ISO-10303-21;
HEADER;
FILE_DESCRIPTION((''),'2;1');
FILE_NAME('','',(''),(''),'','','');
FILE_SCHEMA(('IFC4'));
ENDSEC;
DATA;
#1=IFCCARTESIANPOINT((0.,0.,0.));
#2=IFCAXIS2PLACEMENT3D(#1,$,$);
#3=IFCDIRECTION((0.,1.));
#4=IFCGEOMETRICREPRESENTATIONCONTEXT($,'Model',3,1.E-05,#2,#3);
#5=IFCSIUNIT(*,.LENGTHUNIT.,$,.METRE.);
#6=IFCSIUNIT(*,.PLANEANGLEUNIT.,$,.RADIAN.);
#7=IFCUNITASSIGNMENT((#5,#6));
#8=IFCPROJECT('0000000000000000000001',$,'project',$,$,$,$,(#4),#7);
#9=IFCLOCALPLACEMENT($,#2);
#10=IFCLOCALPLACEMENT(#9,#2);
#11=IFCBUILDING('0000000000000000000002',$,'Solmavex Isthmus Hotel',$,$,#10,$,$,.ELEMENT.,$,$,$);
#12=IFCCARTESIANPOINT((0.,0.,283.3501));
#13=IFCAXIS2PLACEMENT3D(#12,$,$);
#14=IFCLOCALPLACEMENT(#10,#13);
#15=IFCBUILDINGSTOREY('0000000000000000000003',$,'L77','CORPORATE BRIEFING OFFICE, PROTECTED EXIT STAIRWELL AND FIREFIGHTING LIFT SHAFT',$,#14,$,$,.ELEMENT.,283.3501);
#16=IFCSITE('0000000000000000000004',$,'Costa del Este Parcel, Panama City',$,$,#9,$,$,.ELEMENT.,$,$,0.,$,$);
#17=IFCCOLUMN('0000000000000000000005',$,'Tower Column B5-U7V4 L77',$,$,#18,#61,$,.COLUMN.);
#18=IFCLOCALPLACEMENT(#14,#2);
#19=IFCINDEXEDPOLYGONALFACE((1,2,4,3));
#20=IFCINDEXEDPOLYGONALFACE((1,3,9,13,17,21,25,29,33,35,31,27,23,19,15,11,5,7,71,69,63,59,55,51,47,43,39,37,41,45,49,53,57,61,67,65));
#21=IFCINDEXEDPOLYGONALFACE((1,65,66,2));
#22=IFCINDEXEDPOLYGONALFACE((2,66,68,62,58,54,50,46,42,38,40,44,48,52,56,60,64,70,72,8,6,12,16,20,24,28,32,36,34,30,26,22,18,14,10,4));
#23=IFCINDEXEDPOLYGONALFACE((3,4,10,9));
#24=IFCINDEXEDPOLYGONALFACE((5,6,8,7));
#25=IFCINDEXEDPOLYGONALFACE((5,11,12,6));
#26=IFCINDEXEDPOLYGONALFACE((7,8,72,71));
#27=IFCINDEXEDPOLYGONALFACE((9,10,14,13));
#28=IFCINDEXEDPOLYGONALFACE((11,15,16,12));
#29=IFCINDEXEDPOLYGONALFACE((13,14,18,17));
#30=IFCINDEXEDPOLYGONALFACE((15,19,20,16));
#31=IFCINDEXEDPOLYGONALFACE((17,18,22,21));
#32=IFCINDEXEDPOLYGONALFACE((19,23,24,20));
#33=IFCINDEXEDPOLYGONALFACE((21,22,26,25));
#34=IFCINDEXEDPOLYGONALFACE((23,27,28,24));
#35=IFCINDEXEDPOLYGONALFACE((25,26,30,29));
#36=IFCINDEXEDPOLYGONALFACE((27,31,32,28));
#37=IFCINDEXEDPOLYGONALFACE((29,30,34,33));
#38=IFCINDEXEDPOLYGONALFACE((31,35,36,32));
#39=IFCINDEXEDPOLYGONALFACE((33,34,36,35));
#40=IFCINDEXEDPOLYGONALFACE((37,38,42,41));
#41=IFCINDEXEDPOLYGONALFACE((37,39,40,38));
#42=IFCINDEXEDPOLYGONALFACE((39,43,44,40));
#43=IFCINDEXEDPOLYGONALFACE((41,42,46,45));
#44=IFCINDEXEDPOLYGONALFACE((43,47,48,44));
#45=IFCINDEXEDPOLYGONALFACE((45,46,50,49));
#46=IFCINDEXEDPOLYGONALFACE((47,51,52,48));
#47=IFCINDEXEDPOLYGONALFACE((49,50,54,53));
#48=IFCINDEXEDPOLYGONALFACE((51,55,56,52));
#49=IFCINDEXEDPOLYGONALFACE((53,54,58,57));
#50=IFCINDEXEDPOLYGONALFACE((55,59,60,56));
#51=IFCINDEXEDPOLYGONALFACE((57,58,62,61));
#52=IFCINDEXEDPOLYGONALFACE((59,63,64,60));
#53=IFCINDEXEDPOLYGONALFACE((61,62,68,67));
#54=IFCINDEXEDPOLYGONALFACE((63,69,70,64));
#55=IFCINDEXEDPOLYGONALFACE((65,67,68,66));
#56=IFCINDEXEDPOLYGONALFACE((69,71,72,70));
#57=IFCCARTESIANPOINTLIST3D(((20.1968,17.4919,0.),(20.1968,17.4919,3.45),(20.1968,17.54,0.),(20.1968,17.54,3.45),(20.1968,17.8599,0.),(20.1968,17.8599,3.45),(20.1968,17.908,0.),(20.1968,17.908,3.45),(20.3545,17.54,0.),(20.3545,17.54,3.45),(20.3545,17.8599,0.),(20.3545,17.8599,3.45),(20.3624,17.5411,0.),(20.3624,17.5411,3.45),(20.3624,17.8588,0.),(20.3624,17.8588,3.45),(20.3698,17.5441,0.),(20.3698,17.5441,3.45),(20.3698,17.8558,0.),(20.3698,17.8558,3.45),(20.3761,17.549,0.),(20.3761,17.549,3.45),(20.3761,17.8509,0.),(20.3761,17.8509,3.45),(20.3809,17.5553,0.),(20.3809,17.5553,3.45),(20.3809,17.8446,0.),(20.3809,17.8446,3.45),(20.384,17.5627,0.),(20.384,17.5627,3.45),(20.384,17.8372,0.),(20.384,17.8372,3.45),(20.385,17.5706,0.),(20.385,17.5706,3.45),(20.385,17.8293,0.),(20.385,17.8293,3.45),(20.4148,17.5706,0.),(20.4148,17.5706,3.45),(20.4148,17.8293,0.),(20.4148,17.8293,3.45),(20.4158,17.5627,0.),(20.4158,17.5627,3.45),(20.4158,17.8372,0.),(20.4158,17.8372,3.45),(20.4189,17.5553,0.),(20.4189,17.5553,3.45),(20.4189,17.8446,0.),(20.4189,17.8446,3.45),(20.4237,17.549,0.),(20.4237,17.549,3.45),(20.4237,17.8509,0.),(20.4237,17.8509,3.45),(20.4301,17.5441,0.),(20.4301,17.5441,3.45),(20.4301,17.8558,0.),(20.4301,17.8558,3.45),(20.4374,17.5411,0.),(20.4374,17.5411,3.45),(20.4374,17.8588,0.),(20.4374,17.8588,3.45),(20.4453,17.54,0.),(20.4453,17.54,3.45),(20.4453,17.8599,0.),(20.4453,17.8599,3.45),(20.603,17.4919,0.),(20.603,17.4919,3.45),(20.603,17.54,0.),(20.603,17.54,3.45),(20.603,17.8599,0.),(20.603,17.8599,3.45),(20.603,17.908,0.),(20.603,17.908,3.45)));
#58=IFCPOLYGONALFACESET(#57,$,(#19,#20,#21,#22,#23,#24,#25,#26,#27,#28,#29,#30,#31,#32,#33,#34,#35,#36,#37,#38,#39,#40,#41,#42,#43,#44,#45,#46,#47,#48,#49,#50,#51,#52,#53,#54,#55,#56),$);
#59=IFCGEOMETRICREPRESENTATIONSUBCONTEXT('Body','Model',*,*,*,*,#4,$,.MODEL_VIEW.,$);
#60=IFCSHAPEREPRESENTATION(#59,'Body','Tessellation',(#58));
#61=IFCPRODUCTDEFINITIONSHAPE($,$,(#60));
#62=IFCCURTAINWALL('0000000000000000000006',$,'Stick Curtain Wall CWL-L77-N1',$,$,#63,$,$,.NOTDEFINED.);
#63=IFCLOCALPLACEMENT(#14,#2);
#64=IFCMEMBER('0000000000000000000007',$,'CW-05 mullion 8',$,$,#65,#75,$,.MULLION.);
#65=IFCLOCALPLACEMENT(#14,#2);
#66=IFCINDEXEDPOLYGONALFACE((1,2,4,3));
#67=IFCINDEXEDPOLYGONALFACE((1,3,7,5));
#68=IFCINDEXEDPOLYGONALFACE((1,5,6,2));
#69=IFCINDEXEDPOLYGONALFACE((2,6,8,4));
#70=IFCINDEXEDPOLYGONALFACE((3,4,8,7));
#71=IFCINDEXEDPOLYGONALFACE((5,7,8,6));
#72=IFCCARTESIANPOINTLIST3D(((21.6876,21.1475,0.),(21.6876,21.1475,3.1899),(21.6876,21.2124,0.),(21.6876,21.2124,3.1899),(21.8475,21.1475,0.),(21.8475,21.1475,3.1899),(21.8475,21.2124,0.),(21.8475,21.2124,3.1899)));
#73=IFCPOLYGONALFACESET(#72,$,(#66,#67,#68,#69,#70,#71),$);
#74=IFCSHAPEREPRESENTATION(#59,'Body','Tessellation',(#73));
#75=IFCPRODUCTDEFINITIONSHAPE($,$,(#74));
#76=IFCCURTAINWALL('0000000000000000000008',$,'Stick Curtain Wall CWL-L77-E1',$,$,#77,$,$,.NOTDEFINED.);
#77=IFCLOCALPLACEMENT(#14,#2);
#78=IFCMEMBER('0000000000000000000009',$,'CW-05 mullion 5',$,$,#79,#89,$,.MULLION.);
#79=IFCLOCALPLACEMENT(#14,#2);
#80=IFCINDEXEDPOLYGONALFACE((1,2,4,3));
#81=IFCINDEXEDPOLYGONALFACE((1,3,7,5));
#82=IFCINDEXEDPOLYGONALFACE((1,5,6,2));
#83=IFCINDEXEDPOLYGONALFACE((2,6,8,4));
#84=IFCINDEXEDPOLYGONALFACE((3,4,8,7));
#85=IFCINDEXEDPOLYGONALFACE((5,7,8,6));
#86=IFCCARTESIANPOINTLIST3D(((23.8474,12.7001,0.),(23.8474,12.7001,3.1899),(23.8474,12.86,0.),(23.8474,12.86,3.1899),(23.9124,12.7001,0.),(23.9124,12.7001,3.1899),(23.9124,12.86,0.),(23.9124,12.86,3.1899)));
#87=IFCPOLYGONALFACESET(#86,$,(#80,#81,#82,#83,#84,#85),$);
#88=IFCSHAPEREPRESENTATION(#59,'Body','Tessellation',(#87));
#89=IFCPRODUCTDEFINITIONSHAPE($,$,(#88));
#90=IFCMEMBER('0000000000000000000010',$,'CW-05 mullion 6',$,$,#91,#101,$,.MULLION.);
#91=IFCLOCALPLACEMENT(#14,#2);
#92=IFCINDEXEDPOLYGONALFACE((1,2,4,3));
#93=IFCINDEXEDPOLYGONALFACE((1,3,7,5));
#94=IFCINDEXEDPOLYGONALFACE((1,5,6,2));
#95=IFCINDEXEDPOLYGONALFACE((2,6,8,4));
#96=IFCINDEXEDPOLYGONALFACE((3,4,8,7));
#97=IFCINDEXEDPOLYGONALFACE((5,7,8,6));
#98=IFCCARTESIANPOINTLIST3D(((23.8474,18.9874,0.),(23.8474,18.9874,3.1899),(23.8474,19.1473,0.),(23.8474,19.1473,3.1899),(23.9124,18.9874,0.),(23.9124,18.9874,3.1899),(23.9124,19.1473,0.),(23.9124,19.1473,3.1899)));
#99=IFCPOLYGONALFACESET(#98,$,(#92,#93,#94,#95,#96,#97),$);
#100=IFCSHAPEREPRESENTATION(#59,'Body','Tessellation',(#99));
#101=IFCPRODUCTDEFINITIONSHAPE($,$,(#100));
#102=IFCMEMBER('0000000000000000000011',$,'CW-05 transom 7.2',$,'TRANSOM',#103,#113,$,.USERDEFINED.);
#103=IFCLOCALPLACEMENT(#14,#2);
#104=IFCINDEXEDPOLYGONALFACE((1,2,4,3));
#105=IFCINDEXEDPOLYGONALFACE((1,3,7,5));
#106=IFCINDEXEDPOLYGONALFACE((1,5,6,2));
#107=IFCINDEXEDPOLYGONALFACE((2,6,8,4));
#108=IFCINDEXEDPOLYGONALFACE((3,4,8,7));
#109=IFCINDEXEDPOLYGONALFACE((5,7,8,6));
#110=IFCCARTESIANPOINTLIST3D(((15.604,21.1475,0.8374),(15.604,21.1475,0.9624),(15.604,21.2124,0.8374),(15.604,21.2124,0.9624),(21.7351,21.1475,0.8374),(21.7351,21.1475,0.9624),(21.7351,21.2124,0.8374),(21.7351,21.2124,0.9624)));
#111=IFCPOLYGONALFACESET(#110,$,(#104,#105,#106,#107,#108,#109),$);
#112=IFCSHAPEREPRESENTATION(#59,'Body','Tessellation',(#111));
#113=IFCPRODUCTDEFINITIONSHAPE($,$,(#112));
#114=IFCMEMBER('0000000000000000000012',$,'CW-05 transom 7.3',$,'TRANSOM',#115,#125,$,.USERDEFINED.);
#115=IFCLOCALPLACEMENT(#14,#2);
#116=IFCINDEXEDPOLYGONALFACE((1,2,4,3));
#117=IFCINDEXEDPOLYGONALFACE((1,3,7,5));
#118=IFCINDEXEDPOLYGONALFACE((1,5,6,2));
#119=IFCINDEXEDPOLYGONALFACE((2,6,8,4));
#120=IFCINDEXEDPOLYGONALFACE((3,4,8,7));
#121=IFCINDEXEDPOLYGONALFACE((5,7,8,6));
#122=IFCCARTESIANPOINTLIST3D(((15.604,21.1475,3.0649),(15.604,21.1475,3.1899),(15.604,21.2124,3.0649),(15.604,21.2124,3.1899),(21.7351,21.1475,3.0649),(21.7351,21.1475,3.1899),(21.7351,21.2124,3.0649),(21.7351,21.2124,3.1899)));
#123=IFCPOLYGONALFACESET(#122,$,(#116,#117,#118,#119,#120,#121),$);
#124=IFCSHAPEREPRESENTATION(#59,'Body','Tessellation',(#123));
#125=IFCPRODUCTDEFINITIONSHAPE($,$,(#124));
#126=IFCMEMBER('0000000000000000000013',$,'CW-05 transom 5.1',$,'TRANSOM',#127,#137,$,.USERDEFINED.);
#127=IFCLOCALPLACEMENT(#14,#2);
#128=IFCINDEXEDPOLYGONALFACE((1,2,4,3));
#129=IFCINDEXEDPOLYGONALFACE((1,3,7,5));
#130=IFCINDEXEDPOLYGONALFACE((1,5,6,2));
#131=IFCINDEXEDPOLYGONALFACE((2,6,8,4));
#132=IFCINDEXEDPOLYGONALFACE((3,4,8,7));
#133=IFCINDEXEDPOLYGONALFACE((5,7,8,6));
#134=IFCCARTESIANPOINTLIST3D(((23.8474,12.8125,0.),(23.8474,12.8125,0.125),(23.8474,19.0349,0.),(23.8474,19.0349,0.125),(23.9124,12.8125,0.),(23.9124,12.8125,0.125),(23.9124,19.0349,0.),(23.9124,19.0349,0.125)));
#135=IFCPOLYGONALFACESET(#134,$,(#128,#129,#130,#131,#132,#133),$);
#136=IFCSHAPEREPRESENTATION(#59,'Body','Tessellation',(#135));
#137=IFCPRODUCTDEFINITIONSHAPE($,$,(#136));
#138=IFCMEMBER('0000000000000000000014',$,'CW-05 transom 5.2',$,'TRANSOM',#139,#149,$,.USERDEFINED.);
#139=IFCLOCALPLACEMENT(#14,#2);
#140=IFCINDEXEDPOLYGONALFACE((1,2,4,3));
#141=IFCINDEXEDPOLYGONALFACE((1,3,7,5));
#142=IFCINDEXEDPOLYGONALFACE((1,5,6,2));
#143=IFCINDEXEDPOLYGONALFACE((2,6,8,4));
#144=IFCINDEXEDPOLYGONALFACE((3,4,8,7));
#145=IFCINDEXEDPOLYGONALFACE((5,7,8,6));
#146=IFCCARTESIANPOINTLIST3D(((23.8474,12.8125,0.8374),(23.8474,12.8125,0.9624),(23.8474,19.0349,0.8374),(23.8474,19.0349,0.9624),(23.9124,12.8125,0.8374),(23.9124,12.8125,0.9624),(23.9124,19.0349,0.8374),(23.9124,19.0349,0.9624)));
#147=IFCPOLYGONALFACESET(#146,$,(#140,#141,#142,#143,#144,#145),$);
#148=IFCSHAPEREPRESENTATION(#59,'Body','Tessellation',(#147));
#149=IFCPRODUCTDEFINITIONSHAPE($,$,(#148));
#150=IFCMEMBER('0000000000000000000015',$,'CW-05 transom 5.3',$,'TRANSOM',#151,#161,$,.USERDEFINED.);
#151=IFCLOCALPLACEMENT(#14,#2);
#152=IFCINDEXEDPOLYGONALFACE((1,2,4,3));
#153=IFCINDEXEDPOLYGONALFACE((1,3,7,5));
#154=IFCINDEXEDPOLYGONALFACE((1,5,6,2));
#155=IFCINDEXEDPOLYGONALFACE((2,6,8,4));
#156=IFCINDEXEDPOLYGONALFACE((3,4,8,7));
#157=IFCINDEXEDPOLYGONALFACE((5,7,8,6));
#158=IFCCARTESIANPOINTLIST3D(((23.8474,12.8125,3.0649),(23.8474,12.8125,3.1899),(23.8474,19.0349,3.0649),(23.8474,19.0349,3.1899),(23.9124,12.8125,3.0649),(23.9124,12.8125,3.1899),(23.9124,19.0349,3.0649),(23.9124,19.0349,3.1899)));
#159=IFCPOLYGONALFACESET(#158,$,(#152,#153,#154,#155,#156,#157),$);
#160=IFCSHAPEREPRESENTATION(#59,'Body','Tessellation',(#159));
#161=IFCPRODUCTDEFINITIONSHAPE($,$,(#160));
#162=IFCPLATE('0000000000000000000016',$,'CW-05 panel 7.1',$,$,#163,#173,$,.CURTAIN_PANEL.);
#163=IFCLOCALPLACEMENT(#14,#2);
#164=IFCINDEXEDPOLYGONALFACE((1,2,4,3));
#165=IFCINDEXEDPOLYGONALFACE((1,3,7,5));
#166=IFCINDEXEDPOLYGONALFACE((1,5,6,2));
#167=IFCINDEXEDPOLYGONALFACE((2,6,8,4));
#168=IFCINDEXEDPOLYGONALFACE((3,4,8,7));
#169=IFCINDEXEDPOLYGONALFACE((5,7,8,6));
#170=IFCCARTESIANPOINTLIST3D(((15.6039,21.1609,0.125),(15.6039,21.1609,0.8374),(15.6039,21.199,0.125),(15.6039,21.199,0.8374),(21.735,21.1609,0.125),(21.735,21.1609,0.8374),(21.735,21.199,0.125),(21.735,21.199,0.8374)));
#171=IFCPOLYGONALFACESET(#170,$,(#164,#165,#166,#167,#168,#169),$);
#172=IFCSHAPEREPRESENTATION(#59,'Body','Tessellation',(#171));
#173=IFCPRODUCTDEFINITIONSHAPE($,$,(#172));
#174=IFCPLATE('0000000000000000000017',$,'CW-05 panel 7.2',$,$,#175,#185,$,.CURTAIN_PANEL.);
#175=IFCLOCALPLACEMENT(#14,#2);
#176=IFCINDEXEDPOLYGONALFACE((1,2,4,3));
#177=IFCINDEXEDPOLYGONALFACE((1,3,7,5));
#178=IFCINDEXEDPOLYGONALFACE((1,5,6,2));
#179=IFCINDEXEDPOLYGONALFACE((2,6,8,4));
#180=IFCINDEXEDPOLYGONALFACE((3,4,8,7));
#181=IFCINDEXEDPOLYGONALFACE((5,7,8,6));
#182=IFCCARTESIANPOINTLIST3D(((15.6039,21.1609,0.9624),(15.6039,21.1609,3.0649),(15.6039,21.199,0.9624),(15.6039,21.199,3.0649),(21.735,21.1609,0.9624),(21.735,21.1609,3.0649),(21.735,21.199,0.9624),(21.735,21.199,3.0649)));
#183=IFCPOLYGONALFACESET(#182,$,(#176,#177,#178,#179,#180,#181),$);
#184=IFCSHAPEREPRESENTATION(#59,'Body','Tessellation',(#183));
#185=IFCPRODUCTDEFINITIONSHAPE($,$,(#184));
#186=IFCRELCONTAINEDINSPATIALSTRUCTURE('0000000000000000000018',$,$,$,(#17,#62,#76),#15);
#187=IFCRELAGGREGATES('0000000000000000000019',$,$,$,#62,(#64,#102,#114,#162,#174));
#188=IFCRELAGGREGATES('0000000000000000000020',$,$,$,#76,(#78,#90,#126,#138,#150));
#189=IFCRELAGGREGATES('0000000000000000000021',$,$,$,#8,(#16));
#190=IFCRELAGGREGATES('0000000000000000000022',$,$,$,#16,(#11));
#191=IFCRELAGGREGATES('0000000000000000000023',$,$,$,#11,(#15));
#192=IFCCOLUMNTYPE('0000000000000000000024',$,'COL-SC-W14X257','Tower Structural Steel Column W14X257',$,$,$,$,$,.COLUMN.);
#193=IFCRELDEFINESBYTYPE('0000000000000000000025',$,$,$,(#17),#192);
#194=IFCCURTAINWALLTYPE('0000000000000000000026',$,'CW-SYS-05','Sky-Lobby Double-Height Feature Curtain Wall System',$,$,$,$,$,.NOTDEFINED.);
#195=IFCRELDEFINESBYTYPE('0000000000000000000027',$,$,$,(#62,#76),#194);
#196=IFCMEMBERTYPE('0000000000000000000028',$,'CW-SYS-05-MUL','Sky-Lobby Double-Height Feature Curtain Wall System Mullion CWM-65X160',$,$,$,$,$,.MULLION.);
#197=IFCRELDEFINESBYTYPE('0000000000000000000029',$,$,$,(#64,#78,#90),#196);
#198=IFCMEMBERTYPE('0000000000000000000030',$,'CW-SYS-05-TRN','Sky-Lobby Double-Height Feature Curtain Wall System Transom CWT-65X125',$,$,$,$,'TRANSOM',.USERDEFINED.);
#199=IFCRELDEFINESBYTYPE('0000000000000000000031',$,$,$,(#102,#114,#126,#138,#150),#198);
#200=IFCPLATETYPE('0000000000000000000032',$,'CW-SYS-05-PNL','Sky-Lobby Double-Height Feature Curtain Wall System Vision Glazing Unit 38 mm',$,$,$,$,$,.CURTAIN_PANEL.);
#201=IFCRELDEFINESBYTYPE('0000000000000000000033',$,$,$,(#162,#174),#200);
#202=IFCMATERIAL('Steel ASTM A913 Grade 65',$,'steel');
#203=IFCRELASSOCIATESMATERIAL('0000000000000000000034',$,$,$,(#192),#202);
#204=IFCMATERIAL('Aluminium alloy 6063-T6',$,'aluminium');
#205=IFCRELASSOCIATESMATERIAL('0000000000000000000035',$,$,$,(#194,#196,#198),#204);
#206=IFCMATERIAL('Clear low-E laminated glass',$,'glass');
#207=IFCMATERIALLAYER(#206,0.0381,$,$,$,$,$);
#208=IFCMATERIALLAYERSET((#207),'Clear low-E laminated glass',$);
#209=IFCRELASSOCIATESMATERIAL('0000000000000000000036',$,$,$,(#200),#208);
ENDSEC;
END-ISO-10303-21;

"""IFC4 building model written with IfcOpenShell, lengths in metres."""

from ifc_helpers import new_model, si_unit, direction, frame, origin, origin_2d, place, context, subcontext, project, spatial, rectangle, i_section, extrude, material, layer, layer_set, material_profile, profile_set, type_object, element, aggregate, save


model = new_model("IFC4")

# Units and contexts
model_context = context("Model", 3, precision=1e-05, world=origin(), true_north=direction((0.0, 1.0)))
body_context = subcontext(model_context, "Body", "Model", "MODEL_VIEW")
ifc_project = project(units=[si_unit("LENGTHUNIT", "METRE"), si_unit("PLANEANGLEUNIT", "RADIAN")], contexts=[model_context])

# Site, building, storey
site_placement = place(None, origin())
site = spatial("IfcSite", under=ifc_project, at=site_placement, Name="Costa del Este Parcel, Panama City", CompositionType="ELEMENT", RefElevation=0.0)
building_placement = place(site_placement, origin())
building = spatial("IfcBuilding", under=site, at=building_placement, Name="Solmavex Isthmus Hotel", CompositionType="ELEMENT")
storey_placement = place(building_placement, frame((0.0, 0.0, 283.3501)))
storey = spatial("IfcBuildingStorey", under=building, at=storey_placement, Name="L77", Description="CORPORATE BRIEFING OFFICE, PROTECTED EXIT STAIRWELL AND FIREFIGHTING LIFT SHAFT", CompositionType="ELEMENT", Elevation=283.3501)

# Column
ifc_material_1 = material(Name="Steel ASTM A913 Grade 65", Category="steel")
ifc_material_profile_1 = material_profile(ifc_material_1, i_section(OverallWidth=0.4062, OverallDepth=0.416, WebThickness=0.0298, FlangeThickness=0.0481, FilletRadius=0.0305, at=origin_2d()), Name="W14X257")
ifc_profile_set_1 = profile_set([ifc_material_profile_1], Name="Steel ASTM A913 Grade 65")
column_type = type_object("IfcColumnType", Name="COL-SC-W14X257", Description="Tower Structural Steel Column W14X257", PredefinedType="COLUMN", material=ifc_profile_set_1)
column_placement = place(storey_placement, frame((20.3999, 17.7, 0.0), z_axis=(0.0, 0.0, 1.0), x_axis=(1.0, 0.0, 0.0)))
element("IfcColumn", 1, at=column_placement, inside=storey, type_object=column_type, Name="Tower Column B5-U7V4 L77", PredefinedType="COLUMN", context=body_context, shape_type="SweptSolid", body=[
    extrude(i_section(OverallWidth=0.4062, OverallDepth=0.416, WebThickness=0.0298, FlangeThickness=0.0481, FilletRadius=0.0305, at=origin_2d()), origin(), (0.0, 0.0, 1.0), 3.45),
])

# Curtain wall, member
ifc_material_2 = material(Name="Aluminium alloy 6063-T6", Category="aluminium")
curtain_wall_type = type_object("IfcCurtainWallType", Name="CW-SYS-05", Description="Sky-Lobby Double-Height Feature Curtain Wall System", PredefinedType="NOTDEFINED", material=ifc_material_2)
curtain_wall_1_placement = place(storey_placement, origin())
curtain_wall_1 = element("IfcCurtainWall", 2, at=curtain_wall_1_placement, inside=storey, type_object=curtain_wall_type, Name="Stick Curtain Wall CWL-L77-N1", PredefinedType="NOTDEFINED")
ifc_material_profile_2 = material_profile(ifc_material_2, rectangle(XDim=0.0649, YDim=0.1599, at=origin_2d()), Name="CWM-65X160")
ifc_profile_set_2 = profile_set([ifc_material_profile_2], Name="Aluminium alloy 6063-T6")
member_type_1 = type_object("IfcMemberType", Name="CW-SYS-05-MUL", Description="Sky-Lobby Double-Height Feature Curtain Wall System Mullion CWM-65X160", PredefinedType="MULLION", material=ifc_profile_set_2)
member_1_placement = place(storey_placement, frame((21.7676, 21.1799, 0.0), z_axis=(0.0, 0.0, 1.0), x_axis=(0.0, 1.0, 0.0)))
member_1 = element("IfcMember", 3, at=member_1_placement, type_object=member_type_1, Name="CW-05 mullion 8", PredefinedType="MULLION", context=body_context, shape_type="SweptSolid", body=[
    extrude(rectangle(XDim=0.0649, YDim=0.1599, at=origin_2d()), origin(), (0.0, 0.0, 1.0), 3.1899),
])

# Curtain wall, members
curtain_wall_2_placement = place(storey_placement, origin())
curtain_wall_2 = element("IfcCurtainWall", 4, at=curtain_wall_2_placement, inside=storey, type_object=curtain_wall_type, Name="Stick Curtain Wall CWL-L77-E1", PredefinedType="NOTDEFINED")
member_2_placement = place(storey_placement, frame((23.8799, 12.78, 0.0), z_axis=(0.0, 0.0, 1.0), x_axis=(-1.0, 0.0, 0.0)))
member_2 = element("IfcMember", 5, at=member_2_placement, type_object=member_type_1, Name="CW-05 mullion 5", PredefinedType="MULLION", context=body_context, shape_type="SweptSolid", body=[
    extrude(rectangle(XDim=0.0649, YDim=0.1599, at=origin_2d()), origin(), (0.0, 0.0, 1.0), 3.1899),
])
member_3_placement = place(storey_placement, frame((23.8799, 19.0674, 0.0), z_axis=(0.0, 0.0, 1.0), x_axis=(-1.0, 0.0, 0.0)))
member_3 = element("IfcMember", 6, at=member_3_placement, type_object=member_type_1, Name="CW-05 mullion 6", PredefinedType="MULLION", context=body_context, shape_type="SweptSolid", body=[
    extrude(rectangle(XDim=0.0649, YDim=0.1599, at=origin_2d()), origin(), (0.0, 0.0, 1.0), 3.1899),
])

# Members
ifc_material_profile_3 = material_profile(ifc_material_2, rectangle(XDim=0.0649, YDim=0.125, at=origin_2d()), Name="CWT-65X125")
ifc_profile_set_3 = profile_set([ifc_material_profile_3], Name="Aluminium alloy 6063-T6")
member_type_2 = type_object("IfcMemberType", Name="CW-SYS-05-TRN", Description="Sky-Lobby Double-Height Feature Curtain Wall System Transom CWT-65X125", ElementType="TRANSOM", PredefinedType="USERDEFINED", material=ifc_profile_set_3)
member_4_placement = place(storey_placement, frame((15.604, 21.1799, 0.8999), z_axis=(1.0, 0.0, 0.0), x_axis=(0.0, 1.0, 0.0)))
member_4 = element("IfcMember", 7, at=member_4_placement, type_object=member_type_2, Name="CW-05 transom 7.2", ObjectType="TRANSOM", PredefinedType="USERDEFINED", context=body_context, shape_type="SweptSolid", body=[
    extrude(rectangle(XDim=0.0649, YDim=0.125, at=origin_2d()), origin(), (0.0, 0.0, 1.0), 6.1311),
])
member_5_placement = place(storey_placement, frame((15.604, 21.1799, 3.1274), z_axis=(1.0, 0.0, 0.0), x_axis=(0.0, 1.0, 0.0)))
member_5 = element("IfcMember", 8, at=member_5_placement, type_object=member_type_2, Name="CW-05 transom 7.3", ObjectType="TRANSOM", PredefinedType="USERDEFINED", context=body_context, shape_type="SweptSolid", body=[
    extrude(rectangle(XDim=0.0649, YDim=0.125, at=origin_2d()), origin(), (0.0, 0.0, 1.0), 6.1311),
])
member_6_placement = place(storey_placement, frame((23.8799, 12.8125, 0.0625), z_axis=(0.0, 1.0, 0.0), x_axis=(-1.0, 0.0, 0.0)))
member_6 = element("IfcMember", 9, at=member_6_placement, type_object=member_type_2, Name="CW-05 transom 5.1", ObjectType="TRANSOM", PredefinedType="USERDEFINED", context=body_context, shape_type="SweptSolid", body=[
    extrude(rectangle(XDim=0.0649, YDim=0.125, at=origin_2d()), origin(), (0.0, 0.0, 1.0), 6.2224),
])
member_7_placement = place(storey_placement, frame((23.8799, 12.8125, 0.8999), z_axis=(0.0, 1.0, 0.0), x_axis=(-1.0, 0.0, 0.0)))
member_7 = element("IfcMember", 10, at=member_7_placement, type_object=member_type_2, Name="CW-05 transom 5.2", ObjectType="TRANSOM", PredefinedType="USERDEFINED", context=body_context, shape_type="SweptSolid", body=[
    extrude(rectangle(XDim=0.0649, YDim=0.125, at=origin_2d()), origin(), (0.0, 0.0, 1.0), 6.2224),
])
member_8_placement = place(storey_placement, frame((23.8799, 12.8125, 3.1274), z_axis=(0.0, 1.0, 0.0), x_axis=(-1.0, 0.0, 0.0)))
member_8 = element("IfcMember", 11, at=member_8_placement, type_object=member_type_2, Name="CW-05 transom 5.3", ObjectType="TRANSOM", PredefinedType="USERDEFINED", context=body_context, shape_type="SweptSolid", body=[
    extrude(rectangle(XDim=0.0649, YDim=0.125, at=origin_2d()), origin(), (0.0, 0.0, 1.0), 6.2224),
])

# Plates
ifc_material_3 = material(Name="Clear low-E laminated glass", Category="glass")
ifc_layer_1 = layer(ifc_material_3, 0.0381)
ifc_layer_set_1 = layer_set([ifc_layer_1], Name="Clear low-E laminated glass")
plate_type = type_object("IfcPlateType", Name="CW-SYS-05-PNL", Description="Sky-Lobby Double-Height Feature Curtain Wall System Vision Glazing Unit 38 mm", PredefinedType="CURTAIN_PANEL", material=ifc_layer_set_1)
plate_1_placement = place(storey_placement, frame((18.6694, 21.1799, 0.125), z_axis=(0.0, 0.0, 1.0), x_axis=(1.0, 0.0, 0.0)))
plate_1 = element("IfcPlate", 12, at=plate_1_placement, type_object=plate_type, Name="CW-05 panel 7.1", PredefinedType="CURTAIN_PANEL", context=body_context, shape_type="SweptSolid", body=[
    extrude(rectangle(XDim=6.1311, YDim=0.0381, at=origin_2d()), origin(), (0.0, 0.0, 1.0), 0.7124),
])
plate_2_placement = place(storey_placement, frame((18.6694, 21.1799, 0.9624), z_axis=(0.0, 0.0, 1.0), x_axis=(1.0, 0.0, 0.0)))
plate_2 = element("IfcPlate", 13, at=plate_2_placement, type_object=plate_type, Name="CW-05 panel 7.2", PredefinedType="CURTAIN_PANEL", context=body_context, shape_type="SweptSolid", body=[
    extrude(rectangle(XDim=6.1311, YDim=0.0381, at=origin_2d()), origin(), (0.0, 0.0, 1.0), 2.1025),
])
aggregate(curtain_wall_1, [member_1, member_4, member_5, plate_1, plate_2])
aggregate(curtain_wall_2, [member_2, member_3, member_6, member_7, member_8])

save(model, "model.ifc")
